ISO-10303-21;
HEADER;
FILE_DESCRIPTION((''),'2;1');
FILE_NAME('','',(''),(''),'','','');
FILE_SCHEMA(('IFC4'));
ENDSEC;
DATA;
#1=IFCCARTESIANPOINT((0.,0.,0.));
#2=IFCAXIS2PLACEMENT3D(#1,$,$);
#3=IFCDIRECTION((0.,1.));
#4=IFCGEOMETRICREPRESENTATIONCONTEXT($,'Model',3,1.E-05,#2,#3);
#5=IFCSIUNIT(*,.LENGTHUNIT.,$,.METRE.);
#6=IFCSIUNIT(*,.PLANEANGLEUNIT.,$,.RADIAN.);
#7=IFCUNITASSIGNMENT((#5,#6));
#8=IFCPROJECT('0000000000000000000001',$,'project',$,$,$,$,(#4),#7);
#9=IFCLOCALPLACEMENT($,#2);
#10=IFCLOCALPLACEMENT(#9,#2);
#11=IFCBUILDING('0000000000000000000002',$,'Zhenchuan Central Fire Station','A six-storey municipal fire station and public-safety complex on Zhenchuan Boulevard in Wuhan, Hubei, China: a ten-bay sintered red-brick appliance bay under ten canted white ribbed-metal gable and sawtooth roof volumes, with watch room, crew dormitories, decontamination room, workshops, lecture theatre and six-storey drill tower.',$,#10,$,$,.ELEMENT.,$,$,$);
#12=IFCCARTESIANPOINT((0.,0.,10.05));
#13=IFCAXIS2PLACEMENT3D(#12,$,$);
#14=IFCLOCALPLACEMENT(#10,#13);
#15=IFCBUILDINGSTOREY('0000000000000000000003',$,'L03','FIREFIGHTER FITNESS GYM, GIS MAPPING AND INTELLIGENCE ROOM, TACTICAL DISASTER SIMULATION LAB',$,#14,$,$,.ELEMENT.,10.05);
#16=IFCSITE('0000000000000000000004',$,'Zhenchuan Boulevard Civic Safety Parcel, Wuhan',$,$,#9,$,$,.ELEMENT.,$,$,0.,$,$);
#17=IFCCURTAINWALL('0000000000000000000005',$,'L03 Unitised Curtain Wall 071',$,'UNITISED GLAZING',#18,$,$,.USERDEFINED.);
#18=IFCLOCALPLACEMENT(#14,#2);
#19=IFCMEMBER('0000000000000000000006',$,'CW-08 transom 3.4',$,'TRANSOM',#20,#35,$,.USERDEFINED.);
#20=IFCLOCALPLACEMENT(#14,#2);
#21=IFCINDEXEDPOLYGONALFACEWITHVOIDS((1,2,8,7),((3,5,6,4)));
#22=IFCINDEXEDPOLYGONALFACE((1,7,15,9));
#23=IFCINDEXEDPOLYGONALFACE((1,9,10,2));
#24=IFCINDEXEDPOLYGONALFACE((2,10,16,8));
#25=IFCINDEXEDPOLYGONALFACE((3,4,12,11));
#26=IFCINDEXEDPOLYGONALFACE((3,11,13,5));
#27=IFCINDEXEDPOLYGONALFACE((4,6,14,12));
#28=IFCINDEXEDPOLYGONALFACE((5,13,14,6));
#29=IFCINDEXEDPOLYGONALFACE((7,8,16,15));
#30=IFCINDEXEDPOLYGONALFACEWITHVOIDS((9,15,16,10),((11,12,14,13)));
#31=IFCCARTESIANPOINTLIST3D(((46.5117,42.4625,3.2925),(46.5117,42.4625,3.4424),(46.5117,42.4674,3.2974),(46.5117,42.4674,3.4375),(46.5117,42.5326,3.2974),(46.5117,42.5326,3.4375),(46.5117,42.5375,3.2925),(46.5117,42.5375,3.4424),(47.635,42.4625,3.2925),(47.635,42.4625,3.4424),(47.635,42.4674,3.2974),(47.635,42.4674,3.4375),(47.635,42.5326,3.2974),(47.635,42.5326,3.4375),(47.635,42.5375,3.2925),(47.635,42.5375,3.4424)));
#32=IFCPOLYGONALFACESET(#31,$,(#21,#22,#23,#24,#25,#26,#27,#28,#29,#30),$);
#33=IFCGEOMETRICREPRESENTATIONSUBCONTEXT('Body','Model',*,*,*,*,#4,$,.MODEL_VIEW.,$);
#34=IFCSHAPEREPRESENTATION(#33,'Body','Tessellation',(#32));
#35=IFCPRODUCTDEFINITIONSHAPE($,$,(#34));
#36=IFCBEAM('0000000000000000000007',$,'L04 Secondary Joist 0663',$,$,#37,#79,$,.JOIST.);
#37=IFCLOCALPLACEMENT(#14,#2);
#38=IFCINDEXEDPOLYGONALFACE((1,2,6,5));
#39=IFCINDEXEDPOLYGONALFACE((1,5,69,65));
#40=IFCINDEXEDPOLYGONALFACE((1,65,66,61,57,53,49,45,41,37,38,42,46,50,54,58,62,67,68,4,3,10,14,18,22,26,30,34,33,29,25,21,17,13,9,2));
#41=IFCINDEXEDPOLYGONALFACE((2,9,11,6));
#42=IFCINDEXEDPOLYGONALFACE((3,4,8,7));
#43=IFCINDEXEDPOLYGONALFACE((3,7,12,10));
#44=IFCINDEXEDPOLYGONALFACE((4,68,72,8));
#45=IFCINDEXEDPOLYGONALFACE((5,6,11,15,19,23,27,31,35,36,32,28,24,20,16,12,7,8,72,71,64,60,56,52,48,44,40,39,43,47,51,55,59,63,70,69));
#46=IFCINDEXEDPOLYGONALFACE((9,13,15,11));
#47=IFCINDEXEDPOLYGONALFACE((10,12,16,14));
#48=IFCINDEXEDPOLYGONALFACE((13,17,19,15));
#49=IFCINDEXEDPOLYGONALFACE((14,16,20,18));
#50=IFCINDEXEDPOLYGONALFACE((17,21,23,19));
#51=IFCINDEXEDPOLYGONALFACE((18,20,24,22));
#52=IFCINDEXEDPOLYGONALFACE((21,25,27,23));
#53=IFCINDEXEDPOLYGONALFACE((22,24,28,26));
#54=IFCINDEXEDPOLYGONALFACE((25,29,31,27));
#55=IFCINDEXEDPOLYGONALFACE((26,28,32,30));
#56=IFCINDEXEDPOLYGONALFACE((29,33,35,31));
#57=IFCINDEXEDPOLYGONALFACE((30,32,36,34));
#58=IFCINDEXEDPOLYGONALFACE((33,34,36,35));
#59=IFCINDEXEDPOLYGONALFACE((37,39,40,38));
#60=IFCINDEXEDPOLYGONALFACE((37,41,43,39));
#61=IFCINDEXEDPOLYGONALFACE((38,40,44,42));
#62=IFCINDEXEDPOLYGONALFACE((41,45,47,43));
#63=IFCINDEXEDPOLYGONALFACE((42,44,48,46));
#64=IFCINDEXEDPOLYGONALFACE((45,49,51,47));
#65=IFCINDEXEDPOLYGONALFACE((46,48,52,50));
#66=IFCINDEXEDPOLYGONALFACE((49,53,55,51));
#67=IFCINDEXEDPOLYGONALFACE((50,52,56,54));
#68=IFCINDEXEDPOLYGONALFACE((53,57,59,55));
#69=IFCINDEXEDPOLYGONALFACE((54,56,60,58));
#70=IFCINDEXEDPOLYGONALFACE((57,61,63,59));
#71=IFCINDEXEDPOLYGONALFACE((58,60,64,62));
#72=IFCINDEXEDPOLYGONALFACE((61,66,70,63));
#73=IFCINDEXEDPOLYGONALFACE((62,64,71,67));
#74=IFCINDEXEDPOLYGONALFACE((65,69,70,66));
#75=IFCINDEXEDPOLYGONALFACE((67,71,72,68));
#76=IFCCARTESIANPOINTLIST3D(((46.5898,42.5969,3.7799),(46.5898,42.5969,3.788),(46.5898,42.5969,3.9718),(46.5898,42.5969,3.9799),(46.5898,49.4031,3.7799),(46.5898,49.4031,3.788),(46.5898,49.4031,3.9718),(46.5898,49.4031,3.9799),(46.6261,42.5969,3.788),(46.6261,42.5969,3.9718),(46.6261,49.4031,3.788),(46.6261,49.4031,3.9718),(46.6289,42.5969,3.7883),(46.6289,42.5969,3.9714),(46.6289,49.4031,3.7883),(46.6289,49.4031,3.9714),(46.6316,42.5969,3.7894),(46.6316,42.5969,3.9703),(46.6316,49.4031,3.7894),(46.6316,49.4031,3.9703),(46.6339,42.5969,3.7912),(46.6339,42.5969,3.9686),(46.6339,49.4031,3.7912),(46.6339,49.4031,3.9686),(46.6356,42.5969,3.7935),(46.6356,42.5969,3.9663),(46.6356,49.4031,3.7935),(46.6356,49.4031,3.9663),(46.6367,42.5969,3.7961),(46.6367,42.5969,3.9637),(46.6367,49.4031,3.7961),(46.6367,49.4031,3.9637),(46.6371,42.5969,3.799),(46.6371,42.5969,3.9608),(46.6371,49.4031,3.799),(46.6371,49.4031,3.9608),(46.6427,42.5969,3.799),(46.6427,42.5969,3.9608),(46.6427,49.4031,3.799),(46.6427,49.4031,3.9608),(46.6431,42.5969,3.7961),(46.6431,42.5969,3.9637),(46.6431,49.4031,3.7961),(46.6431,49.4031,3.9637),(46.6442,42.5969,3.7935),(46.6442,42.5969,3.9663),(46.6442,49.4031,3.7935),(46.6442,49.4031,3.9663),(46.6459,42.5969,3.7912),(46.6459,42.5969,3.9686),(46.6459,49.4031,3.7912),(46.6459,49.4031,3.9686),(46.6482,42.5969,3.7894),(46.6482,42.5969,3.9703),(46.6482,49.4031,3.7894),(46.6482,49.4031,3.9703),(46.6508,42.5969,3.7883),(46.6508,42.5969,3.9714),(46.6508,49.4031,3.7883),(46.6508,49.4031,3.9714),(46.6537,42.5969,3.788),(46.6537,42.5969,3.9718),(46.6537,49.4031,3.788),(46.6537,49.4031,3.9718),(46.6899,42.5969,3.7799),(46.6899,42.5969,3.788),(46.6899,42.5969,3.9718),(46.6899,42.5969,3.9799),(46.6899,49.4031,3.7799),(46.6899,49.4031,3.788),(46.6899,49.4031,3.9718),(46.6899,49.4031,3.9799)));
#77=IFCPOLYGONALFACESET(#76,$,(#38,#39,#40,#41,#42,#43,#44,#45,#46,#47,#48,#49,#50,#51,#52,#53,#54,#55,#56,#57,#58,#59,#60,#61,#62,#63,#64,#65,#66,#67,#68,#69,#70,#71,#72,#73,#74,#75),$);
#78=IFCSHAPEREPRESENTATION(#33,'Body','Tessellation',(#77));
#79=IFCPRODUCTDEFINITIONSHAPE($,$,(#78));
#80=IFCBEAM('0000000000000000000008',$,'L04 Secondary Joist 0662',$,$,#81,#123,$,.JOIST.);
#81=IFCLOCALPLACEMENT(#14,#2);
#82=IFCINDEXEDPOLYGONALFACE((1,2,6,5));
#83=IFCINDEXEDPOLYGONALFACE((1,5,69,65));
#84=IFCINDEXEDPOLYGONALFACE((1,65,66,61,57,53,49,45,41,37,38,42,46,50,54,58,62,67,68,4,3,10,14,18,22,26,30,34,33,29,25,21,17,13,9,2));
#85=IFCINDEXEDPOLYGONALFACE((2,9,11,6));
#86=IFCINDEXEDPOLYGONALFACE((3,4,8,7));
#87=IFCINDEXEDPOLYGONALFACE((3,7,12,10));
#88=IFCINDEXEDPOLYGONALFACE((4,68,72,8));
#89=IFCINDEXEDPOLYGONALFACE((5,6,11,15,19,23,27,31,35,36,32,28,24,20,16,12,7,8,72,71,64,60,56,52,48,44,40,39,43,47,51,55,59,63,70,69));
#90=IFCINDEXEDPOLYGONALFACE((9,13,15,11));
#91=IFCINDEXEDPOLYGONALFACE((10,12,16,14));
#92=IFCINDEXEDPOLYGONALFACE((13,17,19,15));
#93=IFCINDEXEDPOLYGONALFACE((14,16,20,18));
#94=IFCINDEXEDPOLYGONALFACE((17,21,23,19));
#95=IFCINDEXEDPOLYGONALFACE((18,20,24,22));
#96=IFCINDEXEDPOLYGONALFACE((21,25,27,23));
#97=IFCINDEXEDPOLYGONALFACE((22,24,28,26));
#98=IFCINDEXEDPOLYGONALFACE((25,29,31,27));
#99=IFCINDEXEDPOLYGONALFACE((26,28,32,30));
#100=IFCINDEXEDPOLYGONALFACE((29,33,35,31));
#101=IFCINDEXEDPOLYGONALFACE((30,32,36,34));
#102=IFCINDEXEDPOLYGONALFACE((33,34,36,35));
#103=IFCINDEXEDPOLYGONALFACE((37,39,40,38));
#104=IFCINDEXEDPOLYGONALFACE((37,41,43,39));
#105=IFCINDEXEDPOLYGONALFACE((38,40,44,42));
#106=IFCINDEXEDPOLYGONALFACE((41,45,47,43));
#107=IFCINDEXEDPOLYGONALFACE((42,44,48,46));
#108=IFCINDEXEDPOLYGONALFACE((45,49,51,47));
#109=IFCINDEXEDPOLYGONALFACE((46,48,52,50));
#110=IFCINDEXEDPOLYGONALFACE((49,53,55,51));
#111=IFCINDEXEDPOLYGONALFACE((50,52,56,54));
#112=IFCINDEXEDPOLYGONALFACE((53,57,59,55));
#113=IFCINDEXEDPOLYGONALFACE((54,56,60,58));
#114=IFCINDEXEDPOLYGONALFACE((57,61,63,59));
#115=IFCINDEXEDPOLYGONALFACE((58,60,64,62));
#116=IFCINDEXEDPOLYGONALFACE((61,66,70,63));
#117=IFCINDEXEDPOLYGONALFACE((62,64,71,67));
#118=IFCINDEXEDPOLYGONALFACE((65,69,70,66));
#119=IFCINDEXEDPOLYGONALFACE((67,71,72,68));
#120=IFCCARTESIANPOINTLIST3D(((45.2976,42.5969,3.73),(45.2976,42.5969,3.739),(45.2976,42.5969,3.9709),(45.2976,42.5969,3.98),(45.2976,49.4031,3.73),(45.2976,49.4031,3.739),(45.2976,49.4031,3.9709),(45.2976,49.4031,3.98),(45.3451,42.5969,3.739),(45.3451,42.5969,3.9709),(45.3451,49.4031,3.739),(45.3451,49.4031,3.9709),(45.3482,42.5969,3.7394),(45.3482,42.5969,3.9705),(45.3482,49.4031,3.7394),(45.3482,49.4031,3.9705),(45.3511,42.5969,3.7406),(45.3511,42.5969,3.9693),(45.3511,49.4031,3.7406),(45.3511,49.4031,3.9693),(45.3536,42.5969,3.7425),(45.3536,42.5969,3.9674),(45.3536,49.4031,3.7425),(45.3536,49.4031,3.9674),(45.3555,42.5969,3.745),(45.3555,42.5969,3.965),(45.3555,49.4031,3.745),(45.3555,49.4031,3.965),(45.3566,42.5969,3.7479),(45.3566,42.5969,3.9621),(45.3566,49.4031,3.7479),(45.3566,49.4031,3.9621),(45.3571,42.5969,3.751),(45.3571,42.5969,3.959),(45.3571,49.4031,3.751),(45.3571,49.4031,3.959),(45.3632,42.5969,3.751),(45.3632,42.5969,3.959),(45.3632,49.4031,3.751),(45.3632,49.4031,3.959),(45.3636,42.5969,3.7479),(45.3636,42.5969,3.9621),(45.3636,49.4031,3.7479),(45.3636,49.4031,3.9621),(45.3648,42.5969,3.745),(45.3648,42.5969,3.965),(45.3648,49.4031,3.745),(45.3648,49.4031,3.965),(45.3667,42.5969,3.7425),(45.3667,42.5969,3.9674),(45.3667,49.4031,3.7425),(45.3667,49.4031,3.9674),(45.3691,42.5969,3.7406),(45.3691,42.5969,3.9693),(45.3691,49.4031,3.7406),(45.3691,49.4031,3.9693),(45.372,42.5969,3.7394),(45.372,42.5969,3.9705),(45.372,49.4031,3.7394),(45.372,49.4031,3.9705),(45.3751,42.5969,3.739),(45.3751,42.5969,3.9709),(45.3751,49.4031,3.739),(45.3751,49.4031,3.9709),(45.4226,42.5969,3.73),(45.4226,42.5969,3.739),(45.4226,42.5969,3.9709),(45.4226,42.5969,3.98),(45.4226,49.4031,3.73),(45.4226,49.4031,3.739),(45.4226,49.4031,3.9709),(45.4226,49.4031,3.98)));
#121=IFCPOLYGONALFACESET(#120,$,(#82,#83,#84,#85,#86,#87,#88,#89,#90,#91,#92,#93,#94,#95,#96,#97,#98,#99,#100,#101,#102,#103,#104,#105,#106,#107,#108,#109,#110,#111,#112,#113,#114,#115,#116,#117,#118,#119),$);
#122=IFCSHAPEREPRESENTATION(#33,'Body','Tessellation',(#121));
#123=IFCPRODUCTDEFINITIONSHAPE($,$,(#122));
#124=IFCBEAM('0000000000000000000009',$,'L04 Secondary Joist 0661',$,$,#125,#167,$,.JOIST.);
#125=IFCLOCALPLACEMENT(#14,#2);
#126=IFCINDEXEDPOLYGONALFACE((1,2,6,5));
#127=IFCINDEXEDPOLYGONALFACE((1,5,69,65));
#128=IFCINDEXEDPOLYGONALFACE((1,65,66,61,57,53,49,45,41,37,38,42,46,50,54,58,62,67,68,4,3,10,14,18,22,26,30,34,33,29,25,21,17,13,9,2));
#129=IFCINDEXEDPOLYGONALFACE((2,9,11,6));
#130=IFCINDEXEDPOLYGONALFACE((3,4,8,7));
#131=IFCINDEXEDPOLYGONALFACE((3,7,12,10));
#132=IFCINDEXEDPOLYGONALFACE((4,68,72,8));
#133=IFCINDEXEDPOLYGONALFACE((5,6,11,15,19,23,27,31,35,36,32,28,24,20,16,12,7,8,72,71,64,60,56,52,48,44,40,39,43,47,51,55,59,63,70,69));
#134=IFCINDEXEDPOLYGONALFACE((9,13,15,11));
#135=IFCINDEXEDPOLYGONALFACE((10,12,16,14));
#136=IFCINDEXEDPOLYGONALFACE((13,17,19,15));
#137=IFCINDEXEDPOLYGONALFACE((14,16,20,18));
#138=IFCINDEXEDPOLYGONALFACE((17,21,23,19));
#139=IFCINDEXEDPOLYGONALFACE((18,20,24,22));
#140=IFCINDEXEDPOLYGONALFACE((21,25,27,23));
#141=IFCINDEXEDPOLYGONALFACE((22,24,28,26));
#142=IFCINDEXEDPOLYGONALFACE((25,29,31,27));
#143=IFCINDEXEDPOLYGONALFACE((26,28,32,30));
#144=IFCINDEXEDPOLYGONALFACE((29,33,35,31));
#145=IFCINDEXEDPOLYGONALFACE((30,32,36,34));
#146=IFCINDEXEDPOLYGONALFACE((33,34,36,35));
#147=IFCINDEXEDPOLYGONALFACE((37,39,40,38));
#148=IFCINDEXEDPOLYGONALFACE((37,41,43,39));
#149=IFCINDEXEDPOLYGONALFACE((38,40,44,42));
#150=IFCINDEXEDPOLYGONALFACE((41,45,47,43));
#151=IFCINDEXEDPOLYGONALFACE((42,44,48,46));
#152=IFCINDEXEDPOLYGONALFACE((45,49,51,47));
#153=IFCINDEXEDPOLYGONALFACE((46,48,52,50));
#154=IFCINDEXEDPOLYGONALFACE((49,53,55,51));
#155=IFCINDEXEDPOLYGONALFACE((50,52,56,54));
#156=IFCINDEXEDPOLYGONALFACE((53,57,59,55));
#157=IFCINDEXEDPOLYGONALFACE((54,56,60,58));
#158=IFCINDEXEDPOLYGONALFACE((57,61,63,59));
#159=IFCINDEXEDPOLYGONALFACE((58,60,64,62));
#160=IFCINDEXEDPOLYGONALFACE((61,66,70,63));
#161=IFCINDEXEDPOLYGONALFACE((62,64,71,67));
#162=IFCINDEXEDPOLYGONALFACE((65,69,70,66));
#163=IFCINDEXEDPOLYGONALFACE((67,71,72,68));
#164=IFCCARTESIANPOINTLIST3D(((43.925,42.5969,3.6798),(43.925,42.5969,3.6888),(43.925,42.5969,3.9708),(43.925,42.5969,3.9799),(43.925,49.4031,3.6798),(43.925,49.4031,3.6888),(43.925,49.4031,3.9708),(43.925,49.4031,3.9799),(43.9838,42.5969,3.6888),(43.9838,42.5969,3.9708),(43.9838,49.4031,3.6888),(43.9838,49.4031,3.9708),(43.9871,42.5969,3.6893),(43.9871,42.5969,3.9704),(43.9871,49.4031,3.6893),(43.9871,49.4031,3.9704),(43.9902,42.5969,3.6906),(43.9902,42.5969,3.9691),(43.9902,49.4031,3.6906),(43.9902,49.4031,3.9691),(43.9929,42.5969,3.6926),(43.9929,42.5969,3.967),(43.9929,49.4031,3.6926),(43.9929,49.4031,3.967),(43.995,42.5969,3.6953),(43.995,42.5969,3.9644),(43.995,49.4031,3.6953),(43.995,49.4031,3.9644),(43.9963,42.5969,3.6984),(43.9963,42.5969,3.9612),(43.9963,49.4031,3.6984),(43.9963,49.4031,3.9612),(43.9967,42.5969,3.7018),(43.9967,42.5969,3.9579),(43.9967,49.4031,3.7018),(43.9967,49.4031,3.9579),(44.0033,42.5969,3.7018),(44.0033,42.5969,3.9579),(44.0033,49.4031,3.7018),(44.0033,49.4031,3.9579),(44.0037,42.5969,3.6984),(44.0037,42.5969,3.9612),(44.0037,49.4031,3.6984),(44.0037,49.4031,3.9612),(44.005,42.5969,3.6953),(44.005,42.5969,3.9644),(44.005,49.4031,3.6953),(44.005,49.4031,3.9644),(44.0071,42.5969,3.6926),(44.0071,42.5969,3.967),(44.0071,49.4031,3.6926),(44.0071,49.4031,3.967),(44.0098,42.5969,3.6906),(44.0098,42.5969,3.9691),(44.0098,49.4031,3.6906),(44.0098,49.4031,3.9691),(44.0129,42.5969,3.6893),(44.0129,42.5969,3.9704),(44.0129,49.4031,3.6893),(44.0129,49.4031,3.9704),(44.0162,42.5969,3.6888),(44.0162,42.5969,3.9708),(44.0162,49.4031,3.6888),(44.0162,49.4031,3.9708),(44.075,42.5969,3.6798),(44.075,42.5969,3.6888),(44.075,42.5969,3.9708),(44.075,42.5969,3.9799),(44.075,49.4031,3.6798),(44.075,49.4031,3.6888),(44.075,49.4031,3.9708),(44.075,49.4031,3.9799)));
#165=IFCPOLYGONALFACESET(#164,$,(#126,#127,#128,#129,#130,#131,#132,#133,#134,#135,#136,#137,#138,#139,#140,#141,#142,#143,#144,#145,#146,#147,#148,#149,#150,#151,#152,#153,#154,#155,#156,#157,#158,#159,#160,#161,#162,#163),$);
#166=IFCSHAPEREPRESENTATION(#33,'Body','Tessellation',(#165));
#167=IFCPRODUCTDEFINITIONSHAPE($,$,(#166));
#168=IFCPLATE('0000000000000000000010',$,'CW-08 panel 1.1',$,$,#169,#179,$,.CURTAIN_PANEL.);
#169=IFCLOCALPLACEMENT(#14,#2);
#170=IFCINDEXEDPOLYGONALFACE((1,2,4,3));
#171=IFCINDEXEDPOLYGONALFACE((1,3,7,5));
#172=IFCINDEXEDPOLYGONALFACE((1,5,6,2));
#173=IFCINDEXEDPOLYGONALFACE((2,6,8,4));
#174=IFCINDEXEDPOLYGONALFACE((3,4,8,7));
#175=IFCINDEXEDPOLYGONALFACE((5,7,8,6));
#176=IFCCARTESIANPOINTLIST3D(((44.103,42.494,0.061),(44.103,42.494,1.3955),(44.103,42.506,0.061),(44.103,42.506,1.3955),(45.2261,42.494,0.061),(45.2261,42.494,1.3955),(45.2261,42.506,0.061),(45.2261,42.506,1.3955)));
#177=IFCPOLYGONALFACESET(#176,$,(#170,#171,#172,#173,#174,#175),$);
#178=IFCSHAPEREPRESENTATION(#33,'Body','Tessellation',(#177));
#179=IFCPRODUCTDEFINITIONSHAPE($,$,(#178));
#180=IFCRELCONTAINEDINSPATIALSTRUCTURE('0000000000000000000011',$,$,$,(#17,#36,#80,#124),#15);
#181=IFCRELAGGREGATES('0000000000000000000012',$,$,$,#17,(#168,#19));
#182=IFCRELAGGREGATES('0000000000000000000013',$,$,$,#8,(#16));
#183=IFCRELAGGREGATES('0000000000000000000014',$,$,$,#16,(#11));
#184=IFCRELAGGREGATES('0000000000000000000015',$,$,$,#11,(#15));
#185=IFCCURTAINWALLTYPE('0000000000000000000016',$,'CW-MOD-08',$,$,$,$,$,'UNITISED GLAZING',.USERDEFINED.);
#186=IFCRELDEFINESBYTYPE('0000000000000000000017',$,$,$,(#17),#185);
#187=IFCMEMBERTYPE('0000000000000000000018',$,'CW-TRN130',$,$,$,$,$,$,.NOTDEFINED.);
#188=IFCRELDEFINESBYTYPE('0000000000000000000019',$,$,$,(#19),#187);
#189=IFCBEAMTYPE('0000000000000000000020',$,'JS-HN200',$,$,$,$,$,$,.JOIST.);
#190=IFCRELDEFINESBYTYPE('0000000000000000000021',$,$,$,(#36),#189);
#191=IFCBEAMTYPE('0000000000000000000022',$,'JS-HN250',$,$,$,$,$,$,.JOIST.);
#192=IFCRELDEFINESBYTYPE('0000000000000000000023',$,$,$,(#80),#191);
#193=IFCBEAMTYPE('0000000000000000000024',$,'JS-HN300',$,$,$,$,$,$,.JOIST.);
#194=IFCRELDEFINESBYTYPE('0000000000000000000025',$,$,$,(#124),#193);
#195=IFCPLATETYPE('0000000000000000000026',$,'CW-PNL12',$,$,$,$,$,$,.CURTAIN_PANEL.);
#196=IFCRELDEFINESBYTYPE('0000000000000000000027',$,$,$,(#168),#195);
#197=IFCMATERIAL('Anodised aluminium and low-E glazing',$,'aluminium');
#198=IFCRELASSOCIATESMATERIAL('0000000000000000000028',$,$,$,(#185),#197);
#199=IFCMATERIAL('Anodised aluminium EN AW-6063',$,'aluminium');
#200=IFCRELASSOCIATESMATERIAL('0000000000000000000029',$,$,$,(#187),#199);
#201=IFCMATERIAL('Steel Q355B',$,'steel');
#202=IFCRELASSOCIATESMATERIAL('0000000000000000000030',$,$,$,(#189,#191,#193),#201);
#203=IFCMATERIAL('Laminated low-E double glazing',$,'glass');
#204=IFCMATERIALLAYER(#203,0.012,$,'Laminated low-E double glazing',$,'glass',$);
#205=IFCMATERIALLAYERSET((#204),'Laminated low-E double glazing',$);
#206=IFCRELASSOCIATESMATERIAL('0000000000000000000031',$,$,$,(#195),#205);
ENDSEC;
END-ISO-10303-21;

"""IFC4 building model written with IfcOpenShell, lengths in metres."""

from ifc_helpers import new_model, si_unit, direction, frame, origin, origin_2d, place, context, subcontext, project, spatial, rectangle, hollow_rectangle, i_section, extrude, material, layer, layer_set, material_profile, profile_set, type_object, element, aggregate, save


model = new_model("IFC4")

# Units and contexts
model_context = context("Model", 3, precision=1e-05, world=origin(), true_north=direction((0.0, 1.0)))
body_context = subcontext(model_context, "Body", "Model", "MODEL_VIEW")
ifc_project = project(units=[si_unit("LENGTHUNIT", "METRE"), si_unit("PLANEANGLEUNIT", "RADIAN")], contexts=[model_context])

# Site, building, storey
site_placement = place(None, origin())
site = spatial("IfcSite", under=ifc_project, at=site_placement, Name="Zhenchuan Boulevard Civic Safety Parcel, Wuhan", CompositionType="ELEMENT", RefElevation=0.0)
building_placement = place(site_placement, origin())
building = spatial("IfcBuilding", under=site, at=building_placement, Name="Zhenchuan Central Fire Station", Description="A six-storey municipal fire station and public-safety complex on Zhenchuan Boulevard in Wuhan, Hubei, China: a ten-bay sintered red-brick appliance bay under ten canted white ribbed-metal gable and sawtooth roof volumes, with watch room, crew dormitories, decontamination room, workshops, lecture theatre and six-storey drill tower.", CompositionType="ELEMENT")
storey_placement = place(building_placement, frame((0.0, 0.0, 10.05)))
storey = spatial("IfcBuildingStorey", under=building, at=storey_placement, Name="L03", Description="FIREFIGHTER FITNESS GYM, GIS MAPPING AND INTELLIGENCE ROOM, TACTICAL DISASTER SIMULATION LAB", CompositionType="ELEMENT", Elevation=10.05)

# Shared definitions
ifc_material_1 = material(Name="Steel Q355B", Category="steel")

# Shared definitions
ifc_material_2 = material(Name="Anodised aluminium and low-E glazing", Category="aluminium")
ifc_material_3 = material(Name="Anodised aluminium EN AW-6063", Category="aluminium")

# Curtain wall, member
curtain_wall_type_1 = type_object("IfcCurtainWallType", Name="CW-MOD-08", ElementType="UNITISED GLAZING", PredefinedType="USERDEFINED", material=ifc_material_2)
curtain_wall_1_placement = place(storey_placement, origin())
curtain_wall_1 = element("IfcCurtainWall", 1, at=curtain_wall_1_placement, inside=storey, type_object=curtain_wall_type_1, Name="L03 Unitised Curtain Wall 071", ObjectType="UNITISED GLAZING", PredefinedType="USERDEFINED")
ifc_material_profile_1 = material_profile(ifc_material_3, hollow_rectangle(XDim=0.075, YDim=0.1499, WallThickness=0.0049, at=origin_2d()), Name="ALU-T 150x75")
ifc_profile_set_1 = profile_set([ifc_material_profile_1], Name="Anodised aluminium EN AW-6063")
member_type_1 = type_object("IfcMemberType", Name="CW-TRN130", PredefinedType="NOTDEFINED", material=ifc_profile_set_1)
member_1_placement = place(storey_placement, frame((46.5117, 42.5, 3.3674), z_axis=(1.0, 0.0, 0.0), x_axis=(0.0, 1.0, 0.0)))
member_1 = element("IfcMember", 2, at=member_1_placement, type_object=member_type_1, Name="CW-08 transom 3.4", ObjectType="TRANSOM", PredefinedType="USERDEFINED", context=body_context, shape_type="SweptSolid", body=[
    extrude(hollow_rectangle(XDim=0.075, YDim=0.1499, WallThickness=0.0049, at=origin_2d()), origin(), (0.0, 0.0, 1.0), 1.1233),
])

# Beams
ifc_material_profile_2 = material_profile(ifc_material_1, i_section(OverallWidth=0.1001, OverallDepth=0.2, WebThickness=0.0056, FlangeThickness=0.0081, FilletRadius=0.011, at=origin_2d()), Name="HN 200x100")
ifc_profile_set_2 = profile_set([ifc_material_profile_2], Name="Steel Q355B")
beam_type_1 = type_object("IfcBeamType", Name="JS-HN200", PredefinedType="JOIST", material=ifc_profile_set_2)
beam_1_placement = place(storey_placement, frame((46.6399, 42.5969, 3.8799), z_axis=(0.0, 1.0, 0.0), x_axis=(-1.0, 0.0, 0.0)))
element("IfcBeam", 3, at=beam_1_placement, inside=storey, type_object=beam_type_1, Name="L04 Secondary Joist 0663", PredefinedType="JOIST", context=body_context, shape_type="SweptSolid", body=[
    extrude(i_section(OverallWidth=0.1001, OverallDepth=0.2, WebThickness=0.0056, FlangeThickness=0.0081, FilletRadius=0.011, at=origin_2d()), origin(), (0.0, 0.0, 1.0), 6.8062),
])
ifc_material_profile_3 = material_profile(ifc_material_1, i_section(OverallWidth=0.125, OverallDepth=0.25, WebThickness=0.0061, FlangeThickness=0.009, FilletRadius=0.012, at=origin_2d()), Name="HN 250x125")
ifc_profile_set_3 = profile_set([ifc_material_profile_3], Name="Steel Q355B")
beam_type_2 = type_object("IfcBeamType", Name="JS-HN250", PredefinedType="JOIST", material=ifc_profile_set_3)
beam_2_placement = place(storey_placement, frame((45.3601, 42.5969, 3.855), z_axis=(0.0, 1.0, 0.0), x_axis=(-1.0, 0.0, 0.0)))
element("IfcBeam", 4, at=beam_2_placement, inside=storey, type_object=beam_type_2, Name="L04 Secondary Joist 0662", PredefinedType="JOIST", context=body_context, shape_type="SweptSolid", body=[
    extrude(i_section(OverallWidth=0.125, OverallDepth=0.25, WebThickness=0.0061, FlangeThickness=0.009, FilletRadius=0.012, at=origin_2d()), origin(), (0.0, 0.0, 1.0), 6.8062),
])
ifc_material_profile_4 = material_profile(ifc_material_1, i_section(OverallWidth=0.1499, OverallDepth=0.3, WebThickness=0.0066, FlangeThickness=0.009, FilletRadius=0.0129, at=origin_2d()), Name="HN 300x150")
ifc_profile_set_4 = profile_set([ifc_material_profile_4], Name="Steel Q355B")
beam_type_3 = type_object("IfcBeamType", Name="JS-HN300", PredefinedType="JOIST", material=ifc_profile_set_4)
beam_3_placement = place(storey_placement, frame((44.0, 42.5969, 3.8298), z_axis=(0.0, 1.0, 0.0), x_axis=(-1.0, 0.0, 0.0)))
element("IfcBeam", 5, at=beam_3_placement, inside=storey, type_object=beam_type_3, Name="L04 Secondary Joist 0661", PredefinedType="JOIST", context=body_context, shape_type="SweptSolid", body=[
    extrude(i_section(OverallWidth=0.1499, OverallDepth=0.3, WebThickness=0.0066, FlangeThickness=0.009, FilletRadius=0.0129, at=origin_2d()), origin(), (0.0, 0.0, 1.0), 6.8062),
])

# Plate
ifc_material_4 = material(Name="Laminated low-E double glazing", Category="glass")
ifc_layer_1 = layer(ifc_material_4, 0.012, Name="Laminated low-E double glazing", Category="glass")
ifc_layer_set_1 = layer_set([ifc_layer_1], Name="Laminated low-E double glazing")
plate_type = type_object("IfcPlateType", Name="CW-PNL12", PredefinedType="CURTAIN_PANEL", material=ifc_layer_set_1)
plate_1_placement = place(storey_placement, frame((44.6646, 42.5, 0.061), z_axis=(0.0, 0.0, 1.0), x_axis=(1.0, 0.0, 0.0)))
plate_1 = element("IfcPlate", 6, at=plate_1_placement, type_object=plate_type, Name="CW-08 panel 1.1", PredefinedType="CURTAIN_PANEL", context=body_context, shape_type="SweptSolid", body=[
    extrude(rectangle(XDim=1.123, YDim=0.012, at=origin_2d()), origin(), (0.0, 0.0, 1.0), 1.3345),
])
aggregate(curtain_wall_1, [plate_1, member_1])

save(model, "model.ifc")
